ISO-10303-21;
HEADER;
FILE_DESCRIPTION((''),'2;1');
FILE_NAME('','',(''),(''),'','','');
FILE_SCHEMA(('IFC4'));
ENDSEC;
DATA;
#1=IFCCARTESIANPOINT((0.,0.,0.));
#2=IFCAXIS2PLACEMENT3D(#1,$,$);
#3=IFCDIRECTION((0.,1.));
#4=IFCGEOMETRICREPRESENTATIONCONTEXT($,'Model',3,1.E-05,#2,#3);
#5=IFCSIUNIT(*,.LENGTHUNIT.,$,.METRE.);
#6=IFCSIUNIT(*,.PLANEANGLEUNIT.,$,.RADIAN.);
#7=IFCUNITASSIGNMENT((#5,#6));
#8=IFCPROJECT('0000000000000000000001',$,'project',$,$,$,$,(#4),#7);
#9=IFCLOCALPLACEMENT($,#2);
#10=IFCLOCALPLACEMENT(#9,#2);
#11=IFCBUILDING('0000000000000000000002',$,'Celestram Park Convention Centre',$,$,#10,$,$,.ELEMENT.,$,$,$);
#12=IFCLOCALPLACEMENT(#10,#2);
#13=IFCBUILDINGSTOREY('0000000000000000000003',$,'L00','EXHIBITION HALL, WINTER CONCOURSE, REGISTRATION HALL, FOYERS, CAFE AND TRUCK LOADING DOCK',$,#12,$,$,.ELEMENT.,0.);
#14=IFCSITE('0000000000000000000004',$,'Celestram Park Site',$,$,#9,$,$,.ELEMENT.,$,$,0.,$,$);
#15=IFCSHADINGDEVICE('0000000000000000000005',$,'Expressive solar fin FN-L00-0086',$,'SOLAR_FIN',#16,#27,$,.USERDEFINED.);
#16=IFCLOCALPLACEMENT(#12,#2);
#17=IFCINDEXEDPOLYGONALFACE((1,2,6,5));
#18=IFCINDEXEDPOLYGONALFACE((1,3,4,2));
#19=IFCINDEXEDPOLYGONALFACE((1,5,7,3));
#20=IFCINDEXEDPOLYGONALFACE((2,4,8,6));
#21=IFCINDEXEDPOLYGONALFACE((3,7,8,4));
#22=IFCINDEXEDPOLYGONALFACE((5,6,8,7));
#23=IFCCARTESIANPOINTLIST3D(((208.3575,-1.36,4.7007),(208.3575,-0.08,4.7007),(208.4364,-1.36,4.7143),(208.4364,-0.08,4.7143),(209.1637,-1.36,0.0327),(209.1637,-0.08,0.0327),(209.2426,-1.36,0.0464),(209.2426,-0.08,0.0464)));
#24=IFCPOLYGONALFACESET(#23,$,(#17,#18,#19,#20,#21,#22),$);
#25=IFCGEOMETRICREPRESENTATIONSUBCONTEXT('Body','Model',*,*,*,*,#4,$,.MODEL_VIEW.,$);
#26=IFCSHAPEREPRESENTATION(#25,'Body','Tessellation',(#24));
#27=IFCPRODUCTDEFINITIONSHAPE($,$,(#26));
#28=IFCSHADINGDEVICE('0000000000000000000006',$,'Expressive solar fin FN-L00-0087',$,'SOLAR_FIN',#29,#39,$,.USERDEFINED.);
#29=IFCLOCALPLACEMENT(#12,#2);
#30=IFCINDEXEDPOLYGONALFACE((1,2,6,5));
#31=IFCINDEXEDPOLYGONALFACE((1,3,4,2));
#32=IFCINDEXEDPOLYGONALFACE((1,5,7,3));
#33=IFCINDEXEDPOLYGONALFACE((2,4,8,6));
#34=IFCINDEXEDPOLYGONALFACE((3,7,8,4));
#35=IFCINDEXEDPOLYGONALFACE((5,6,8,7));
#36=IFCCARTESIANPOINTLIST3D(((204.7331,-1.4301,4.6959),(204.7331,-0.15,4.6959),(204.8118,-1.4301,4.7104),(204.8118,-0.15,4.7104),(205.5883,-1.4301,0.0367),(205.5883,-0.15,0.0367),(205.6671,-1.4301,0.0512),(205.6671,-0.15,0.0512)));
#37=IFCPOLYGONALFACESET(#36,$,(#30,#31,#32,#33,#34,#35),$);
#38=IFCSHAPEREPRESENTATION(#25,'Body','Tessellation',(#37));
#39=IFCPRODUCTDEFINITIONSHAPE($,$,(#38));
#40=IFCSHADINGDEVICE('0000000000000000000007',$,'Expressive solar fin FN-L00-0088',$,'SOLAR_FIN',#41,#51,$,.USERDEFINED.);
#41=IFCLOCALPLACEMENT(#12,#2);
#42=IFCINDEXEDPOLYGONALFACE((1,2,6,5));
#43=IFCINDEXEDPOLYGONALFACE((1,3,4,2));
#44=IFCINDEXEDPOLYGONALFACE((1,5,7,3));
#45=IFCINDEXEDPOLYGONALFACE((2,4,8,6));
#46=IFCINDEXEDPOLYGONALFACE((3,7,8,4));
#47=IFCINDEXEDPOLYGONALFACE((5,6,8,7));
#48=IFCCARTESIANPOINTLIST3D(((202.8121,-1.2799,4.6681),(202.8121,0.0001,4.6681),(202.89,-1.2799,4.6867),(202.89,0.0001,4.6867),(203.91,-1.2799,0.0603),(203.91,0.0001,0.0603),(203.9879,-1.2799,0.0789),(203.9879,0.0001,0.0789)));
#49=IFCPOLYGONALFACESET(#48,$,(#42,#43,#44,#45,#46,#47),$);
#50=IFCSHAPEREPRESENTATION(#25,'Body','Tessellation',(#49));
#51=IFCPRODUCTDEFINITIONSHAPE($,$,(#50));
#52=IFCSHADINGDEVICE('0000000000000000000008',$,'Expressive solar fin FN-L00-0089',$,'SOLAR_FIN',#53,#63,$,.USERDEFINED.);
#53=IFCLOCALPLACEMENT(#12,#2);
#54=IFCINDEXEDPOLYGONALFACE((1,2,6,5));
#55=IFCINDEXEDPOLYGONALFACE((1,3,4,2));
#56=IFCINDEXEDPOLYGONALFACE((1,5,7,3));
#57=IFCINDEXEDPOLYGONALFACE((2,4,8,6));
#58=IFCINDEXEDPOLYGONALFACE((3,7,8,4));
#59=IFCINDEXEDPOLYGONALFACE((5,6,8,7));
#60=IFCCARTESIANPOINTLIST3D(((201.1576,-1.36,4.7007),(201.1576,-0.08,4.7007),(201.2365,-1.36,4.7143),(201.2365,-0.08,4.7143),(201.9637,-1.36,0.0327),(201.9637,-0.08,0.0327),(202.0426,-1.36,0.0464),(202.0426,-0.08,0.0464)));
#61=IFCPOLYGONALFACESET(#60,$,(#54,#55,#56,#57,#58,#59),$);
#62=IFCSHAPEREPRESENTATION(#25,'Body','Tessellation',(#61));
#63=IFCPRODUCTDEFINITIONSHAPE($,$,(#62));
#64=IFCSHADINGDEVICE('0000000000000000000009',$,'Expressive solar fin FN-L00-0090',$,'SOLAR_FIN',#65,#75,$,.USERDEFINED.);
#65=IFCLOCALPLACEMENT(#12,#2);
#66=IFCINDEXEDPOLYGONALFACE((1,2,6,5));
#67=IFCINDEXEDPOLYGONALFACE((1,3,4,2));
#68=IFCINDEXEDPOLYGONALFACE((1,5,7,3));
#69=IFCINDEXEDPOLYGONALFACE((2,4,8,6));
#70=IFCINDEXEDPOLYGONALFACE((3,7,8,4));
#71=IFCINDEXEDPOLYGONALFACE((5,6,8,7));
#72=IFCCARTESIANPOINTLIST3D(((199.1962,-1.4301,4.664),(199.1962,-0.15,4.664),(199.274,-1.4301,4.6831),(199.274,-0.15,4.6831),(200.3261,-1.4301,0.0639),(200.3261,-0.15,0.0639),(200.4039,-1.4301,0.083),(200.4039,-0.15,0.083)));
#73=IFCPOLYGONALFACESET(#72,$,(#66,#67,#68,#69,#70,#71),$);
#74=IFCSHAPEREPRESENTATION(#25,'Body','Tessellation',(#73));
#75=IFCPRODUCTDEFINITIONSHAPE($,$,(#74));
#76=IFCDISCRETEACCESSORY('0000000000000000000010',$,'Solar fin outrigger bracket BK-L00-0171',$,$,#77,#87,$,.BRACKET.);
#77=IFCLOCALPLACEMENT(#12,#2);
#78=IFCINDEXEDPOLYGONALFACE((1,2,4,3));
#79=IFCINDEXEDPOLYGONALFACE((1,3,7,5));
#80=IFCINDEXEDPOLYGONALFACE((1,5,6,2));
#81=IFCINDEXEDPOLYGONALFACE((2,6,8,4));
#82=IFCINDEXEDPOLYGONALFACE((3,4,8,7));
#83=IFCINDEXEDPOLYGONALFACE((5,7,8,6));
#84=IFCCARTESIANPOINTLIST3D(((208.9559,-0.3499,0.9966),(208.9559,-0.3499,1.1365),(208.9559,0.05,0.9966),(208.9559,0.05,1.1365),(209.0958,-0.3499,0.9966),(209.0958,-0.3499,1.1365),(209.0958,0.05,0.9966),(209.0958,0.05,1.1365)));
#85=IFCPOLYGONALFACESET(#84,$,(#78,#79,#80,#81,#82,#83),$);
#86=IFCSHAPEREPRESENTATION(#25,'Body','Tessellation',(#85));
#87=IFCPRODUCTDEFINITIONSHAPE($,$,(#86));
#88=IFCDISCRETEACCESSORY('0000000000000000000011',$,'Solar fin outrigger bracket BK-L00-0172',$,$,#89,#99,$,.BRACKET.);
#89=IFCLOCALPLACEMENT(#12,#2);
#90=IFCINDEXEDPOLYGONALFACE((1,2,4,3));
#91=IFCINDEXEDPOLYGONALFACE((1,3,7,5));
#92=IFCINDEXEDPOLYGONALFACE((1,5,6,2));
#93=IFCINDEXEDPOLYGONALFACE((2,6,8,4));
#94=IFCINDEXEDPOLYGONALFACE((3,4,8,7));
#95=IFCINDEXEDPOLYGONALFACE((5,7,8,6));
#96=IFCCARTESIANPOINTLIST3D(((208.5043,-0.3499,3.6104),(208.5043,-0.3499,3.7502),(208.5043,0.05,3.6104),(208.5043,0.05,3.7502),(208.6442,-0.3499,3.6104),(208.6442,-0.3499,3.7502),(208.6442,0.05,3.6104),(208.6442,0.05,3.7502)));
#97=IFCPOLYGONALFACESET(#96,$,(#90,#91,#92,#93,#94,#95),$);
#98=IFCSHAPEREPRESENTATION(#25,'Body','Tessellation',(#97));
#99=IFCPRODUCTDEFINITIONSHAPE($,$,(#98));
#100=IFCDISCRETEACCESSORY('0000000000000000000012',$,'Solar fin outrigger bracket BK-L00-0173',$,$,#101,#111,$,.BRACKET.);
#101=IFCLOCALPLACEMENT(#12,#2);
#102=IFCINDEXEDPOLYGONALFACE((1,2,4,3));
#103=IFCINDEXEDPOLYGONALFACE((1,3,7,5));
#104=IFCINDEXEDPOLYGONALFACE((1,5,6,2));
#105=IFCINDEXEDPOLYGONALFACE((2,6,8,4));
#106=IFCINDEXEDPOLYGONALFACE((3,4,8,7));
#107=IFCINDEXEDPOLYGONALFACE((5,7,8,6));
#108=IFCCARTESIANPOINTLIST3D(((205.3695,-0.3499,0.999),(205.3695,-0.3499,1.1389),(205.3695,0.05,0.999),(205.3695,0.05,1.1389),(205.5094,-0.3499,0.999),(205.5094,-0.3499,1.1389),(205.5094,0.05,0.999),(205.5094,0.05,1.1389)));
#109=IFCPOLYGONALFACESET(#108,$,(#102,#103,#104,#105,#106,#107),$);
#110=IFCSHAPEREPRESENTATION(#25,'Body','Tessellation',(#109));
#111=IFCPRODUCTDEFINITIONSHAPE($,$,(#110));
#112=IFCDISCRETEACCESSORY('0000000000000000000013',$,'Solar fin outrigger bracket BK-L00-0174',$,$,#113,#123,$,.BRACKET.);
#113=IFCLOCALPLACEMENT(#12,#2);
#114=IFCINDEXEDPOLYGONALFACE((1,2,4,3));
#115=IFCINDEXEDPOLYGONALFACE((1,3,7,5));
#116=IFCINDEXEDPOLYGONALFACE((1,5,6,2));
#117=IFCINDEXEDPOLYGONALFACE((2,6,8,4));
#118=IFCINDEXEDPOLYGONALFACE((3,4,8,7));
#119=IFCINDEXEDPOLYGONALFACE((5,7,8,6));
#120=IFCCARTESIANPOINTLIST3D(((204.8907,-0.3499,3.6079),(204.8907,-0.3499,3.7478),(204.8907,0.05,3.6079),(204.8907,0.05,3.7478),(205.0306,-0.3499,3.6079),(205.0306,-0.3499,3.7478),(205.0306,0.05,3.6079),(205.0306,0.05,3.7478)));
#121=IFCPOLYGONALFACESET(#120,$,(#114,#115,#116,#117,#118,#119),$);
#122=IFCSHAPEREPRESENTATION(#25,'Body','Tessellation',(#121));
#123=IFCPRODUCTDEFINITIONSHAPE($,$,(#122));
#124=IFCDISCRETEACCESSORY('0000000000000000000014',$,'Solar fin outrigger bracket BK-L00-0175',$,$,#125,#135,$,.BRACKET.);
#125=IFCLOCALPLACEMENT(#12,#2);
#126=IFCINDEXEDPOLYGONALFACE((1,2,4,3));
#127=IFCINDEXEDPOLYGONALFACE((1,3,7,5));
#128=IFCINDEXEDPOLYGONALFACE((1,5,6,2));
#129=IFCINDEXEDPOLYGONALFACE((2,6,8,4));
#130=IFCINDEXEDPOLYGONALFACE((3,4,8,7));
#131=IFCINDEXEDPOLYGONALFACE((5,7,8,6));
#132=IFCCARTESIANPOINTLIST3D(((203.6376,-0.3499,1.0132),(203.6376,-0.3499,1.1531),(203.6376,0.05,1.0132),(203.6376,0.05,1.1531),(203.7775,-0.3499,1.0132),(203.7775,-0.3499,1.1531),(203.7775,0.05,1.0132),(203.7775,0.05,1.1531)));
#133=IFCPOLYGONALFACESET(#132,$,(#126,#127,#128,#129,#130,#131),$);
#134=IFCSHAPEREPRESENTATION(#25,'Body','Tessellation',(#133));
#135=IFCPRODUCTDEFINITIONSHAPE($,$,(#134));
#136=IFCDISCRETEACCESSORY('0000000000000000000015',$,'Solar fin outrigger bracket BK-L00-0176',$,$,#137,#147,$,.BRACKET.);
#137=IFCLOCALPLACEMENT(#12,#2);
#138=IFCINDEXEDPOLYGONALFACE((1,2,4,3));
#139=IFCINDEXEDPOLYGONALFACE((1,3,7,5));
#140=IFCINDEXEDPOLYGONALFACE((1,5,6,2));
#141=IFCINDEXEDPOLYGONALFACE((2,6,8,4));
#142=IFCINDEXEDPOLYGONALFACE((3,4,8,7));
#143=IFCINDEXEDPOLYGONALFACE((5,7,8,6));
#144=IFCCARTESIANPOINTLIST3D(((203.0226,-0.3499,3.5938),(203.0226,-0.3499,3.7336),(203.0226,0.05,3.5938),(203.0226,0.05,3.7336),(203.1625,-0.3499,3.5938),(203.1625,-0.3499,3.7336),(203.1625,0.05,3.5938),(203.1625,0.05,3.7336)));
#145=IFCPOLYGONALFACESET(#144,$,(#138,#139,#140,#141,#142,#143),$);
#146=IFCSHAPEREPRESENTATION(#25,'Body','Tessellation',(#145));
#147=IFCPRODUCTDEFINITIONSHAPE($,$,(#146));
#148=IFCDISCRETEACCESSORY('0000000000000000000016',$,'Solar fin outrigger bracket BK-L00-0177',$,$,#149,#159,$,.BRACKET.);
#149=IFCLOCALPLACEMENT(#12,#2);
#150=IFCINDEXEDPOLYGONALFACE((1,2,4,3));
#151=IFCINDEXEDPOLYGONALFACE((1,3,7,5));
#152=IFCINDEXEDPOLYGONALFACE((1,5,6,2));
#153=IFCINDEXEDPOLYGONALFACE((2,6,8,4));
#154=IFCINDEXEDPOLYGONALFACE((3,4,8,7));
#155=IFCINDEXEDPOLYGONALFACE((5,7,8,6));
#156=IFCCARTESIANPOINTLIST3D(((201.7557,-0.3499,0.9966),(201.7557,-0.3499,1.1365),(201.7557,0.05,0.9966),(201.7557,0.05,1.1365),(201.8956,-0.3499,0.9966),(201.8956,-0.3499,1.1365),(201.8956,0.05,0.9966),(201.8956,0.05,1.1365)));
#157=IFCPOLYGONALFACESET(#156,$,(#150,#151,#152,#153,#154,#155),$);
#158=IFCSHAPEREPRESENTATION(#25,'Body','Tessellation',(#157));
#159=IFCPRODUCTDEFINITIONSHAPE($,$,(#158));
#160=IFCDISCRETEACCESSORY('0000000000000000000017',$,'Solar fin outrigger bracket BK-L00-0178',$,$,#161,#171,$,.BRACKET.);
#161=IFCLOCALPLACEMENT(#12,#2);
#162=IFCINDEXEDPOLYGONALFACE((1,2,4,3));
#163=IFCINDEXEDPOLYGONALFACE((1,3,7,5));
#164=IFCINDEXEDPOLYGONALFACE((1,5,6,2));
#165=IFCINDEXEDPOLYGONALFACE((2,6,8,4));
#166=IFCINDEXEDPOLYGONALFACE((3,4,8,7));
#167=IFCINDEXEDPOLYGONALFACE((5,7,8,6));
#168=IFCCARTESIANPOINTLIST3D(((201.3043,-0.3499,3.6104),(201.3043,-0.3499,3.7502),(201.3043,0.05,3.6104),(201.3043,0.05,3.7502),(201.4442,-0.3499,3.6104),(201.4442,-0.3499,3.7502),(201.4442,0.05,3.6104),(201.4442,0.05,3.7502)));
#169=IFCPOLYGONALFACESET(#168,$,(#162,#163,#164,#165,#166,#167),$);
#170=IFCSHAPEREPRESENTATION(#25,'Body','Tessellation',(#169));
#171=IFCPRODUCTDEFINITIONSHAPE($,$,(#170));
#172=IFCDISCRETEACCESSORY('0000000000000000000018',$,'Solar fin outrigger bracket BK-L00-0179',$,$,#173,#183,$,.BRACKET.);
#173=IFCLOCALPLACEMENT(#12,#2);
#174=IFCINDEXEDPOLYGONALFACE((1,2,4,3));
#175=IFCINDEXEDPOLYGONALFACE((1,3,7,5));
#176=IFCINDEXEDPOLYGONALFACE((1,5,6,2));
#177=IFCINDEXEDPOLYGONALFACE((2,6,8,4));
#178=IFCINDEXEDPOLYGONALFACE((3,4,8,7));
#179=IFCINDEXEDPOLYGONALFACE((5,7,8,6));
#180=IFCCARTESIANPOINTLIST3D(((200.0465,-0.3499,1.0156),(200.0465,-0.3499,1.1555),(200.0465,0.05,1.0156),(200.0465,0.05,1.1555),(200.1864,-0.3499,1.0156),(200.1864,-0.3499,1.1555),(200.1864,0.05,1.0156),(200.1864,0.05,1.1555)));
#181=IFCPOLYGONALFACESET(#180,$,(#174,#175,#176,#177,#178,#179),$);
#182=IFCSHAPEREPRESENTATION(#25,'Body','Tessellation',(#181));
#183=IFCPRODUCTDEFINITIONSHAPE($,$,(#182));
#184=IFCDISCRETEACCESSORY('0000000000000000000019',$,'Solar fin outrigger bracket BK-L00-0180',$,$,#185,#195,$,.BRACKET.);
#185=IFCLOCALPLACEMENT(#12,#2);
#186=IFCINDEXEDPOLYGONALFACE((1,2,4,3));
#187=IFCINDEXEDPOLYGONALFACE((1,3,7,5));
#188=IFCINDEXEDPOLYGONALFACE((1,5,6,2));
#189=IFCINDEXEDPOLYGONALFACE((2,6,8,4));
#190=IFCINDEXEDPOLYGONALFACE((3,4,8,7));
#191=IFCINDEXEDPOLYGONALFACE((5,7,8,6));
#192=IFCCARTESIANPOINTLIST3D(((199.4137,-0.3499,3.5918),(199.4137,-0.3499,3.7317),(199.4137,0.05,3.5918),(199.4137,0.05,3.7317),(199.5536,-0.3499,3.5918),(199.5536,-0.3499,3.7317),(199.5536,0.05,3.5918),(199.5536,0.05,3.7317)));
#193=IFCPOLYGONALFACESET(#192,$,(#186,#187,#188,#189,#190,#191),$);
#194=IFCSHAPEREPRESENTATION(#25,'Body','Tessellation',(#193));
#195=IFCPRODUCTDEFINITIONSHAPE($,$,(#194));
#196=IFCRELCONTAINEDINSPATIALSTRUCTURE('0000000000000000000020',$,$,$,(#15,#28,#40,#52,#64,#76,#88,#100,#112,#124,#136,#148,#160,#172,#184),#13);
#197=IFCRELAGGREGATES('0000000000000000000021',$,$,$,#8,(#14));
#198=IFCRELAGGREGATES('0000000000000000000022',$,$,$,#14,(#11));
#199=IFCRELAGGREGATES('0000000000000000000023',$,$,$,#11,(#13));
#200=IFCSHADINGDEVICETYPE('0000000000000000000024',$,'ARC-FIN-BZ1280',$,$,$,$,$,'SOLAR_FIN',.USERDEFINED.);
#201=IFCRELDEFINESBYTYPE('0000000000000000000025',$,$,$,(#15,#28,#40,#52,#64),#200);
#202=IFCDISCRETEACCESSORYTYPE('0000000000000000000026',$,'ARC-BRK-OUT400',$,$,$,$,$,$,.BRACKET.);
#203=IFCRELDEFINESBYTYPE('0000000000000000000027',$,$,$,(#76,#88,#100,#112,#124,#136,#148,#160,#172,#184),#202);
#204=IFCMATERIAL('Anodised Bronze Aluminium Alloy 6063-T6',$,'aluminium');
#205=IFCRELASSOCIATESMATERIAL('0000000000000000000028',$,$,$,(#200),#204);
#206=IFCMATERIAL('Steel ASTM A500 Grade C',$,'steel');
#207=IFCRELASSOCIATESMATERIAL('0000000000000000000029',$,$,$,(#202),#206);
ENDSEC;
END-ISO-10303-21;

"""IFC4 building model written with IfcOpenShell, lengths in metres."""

from ifc_helpers import new_model, si_unit, direction, frame, origin, origin_2d, place, context, subcontext, project, spatial, rectangle, extrude, material, material_profile, profile_set, type_object, element, save


model = new_model("IFC4")

# Units and contexts
model_context = context("Model", 3, precision=1e-05, world=origin(), true_north=direction((0.0, 1.0)))
body_context = subcontext(model_context, "Body", "Model", "MODEL_VIEW")
ifc_project = project(units=[si_unit("LENGTHUNIT", "METRE"), si_unit("PLANEANGLEUNIT", "RADIAN")], contexts=[model_context])

# Site, building, storey
site_placement = place(None, origin())
site = spatial("IfcSite", under=ifc_project, at=site_placement, Name="Celestram Park Site", CompositionType="ELEMENT", RefElevation=0.0)
building_placement = place(site_placement, origin())
building = spatial("IfcBuilding", under=site, at=building_placement, Name="Celestram Park Convention Centre", CompositionType="ELEMENT")
storey_placement = place(building_placement, origin())
storey = spatial("IfcBuildingStorey", under=building, at=storey_placement, Name="L00", Description="EXHIBITION HALL, WINTER CONCOURSE, REGISTRATION HALL, FOYERS, CAFE AND TRUCK LOADING DOCK", CompositionType="ELEMENT", Elevation=0.0)

# Shading devices
ifc_material_1 = material(Name="Anodised Bronze Aluminium Alloy 6063-T6", Category="aluminium")
ifc_material_profile_1 = material_profile(ifc_material_1, rectangle(XDim=1.28, YDim=0.0801, at=origin_2d()), Name="FIN1280X80")
ifc_profile_set_1 = profile_set([ifc_material_profile_1], Name="Anodised Bronze Aluminium Alloy 6063-T6")
shading_device_type = type_object("IfcShadingDeviceType", Name="ARC-FIN-BZ1280", ElementType="SOLAR_FIN", PredefinedType="USERDEFINED", material=ifc_profile_set_1)
for number, where, z_axis, x_axis, name in (
    (1, (209.2031, -0.72, 0.0396), (-0.17018, 0.0, 0.985413), (0.0, -1.0, 0.0), "Expressive solar fin FN-L00-0086"),
    (2, (205.6277, -0.79, 0.0439), (-0.180541, 0.0, 0.983568), (0.0, -1.0, 0.0), "Expressive solar fin FN-L00-0087"),
):
    element("IfcShadingDevice", number, at=place(storey_placement, frame(where, z_axis=z_axis, x_axis=x_axis)), inside=storey, type_object=shading_device_type, Name=name, ObjectType="SOLAR_FIN", PredefinedType="USERDEFINED", context=body_context, shape_type="SweptSolid", body=[
        extrude(rectangle(XDim=1.28, YDim=0.0801, at=origin_2d()), origin(), (0.0, 0.0, 1.0), 4.7371),
    ])
shading_device_1_placement = place(storey_placement, frame((203.949, -0.6399, 0.0696), z_axis=(-0.231776, 0.0, 0.972769), x_axis=(0.0, -1.0, 0.0)))
element("IfcShadingDevice", 3, at=shading_device_1_placement, inside=storey, type_object=shading_device_type, Name="Expressive solar fin FN-L00-0088", ObjectType="SOLAR_FIN", PredefinedType="USERDEFINED", context=body_context, shape_type="SweptSolid", body=[
    extrude(rectangle(XDim=1.28, YDim=0.0801, at=origin_2d()), origin(), (0.0, 0.0, 1.0), 4.7368),
])
shading_device_2_placement = place(storey_placement, frame((202.0032, -0.72, 0.0396), z_axis=(-0.17018, 0.0, 0.985413), x_axis=(0.0, -1.0, 0.0)))
element("IfcShadingDevice", 4, at=shading_device_2_placement, inside=storey, type_object=shading_device_type, Name="Expressive solar fin FN-L00-0089", ObjectType="SOLAR_FIN", PredefinedType="USERDEFINED", context=body_context, shape_type="SweptSolid", body=[
    extrude(rectangle(XDim=1.28, YDim=0.0801, at=origin_2d()), origin(), (0.0, 0.0, 1.0), 4.7371),
])
shading_device_3_placement = place(storey_placement, frame((200.365, -0.79, 0.0735), z_axis=(-0.238532, 0.0, 0.971135), x_axis=(0.0, -1.0, 0.0)))
element("IfcShadingDevice", 5, at=shading_device_3_placement, inside=storey, type_object=shading_device_type, Name="Expressive solar fin FN-L00-0090", ObjectType="SOLAR_FIN", PredefinedType="USERDEFINED", context=body_context, shape_type="SweptSolid", body=[
    extrude(rectangle(XDim=1.28, YDim=0.0801, at=origin_2d()), origin(), (0.0, 0.0, 1.0), 4.7368),
])

# Discrete accessories
ifc_material_2 = material(Name="Steel ASTM A500 Grade C", Category="steel")
discrete_accessory_type = type_object("IfcDiscreteAccessoryType", Name="ARC-BRK-OUT400", PredefinedType="BRACKET", material=ifc_material_2)
for number, where, z_axis, x_axis, name in (
    (6, (209.0259, -0.1499, 0.9966), (0.0, 0.0, 1.0), (0.0, -1.0, 0.0), "Solar fin outrigger bracket BK-L00-0171"),
    (7, (208.5742, -0.1499, 3.6104), (0.0, 0.0, 1.0), (0.0, -1.0, 0.0), "Solar fin outrigger bracket BK-L00-0172"),
    (8, (205.4395, -0.1499, 0.999), (0.0, 0.0, 1.0), (0.0, -1.0, 0.0), "Solar fin outrigger bracket BK-L00-0173"),
    (9, (204.9607, -0.1499, 3.6079), (0.0, 0.0, 1.0), (0.0, -1.0, 0.0), "Solar fin outrigger bracket BK-L00-0174"),
    (10, (203.7075, -0.1499, 1.0132), (0.0, 0.0, 1.0), (0.0, -1.0, 0.0), "Solar fin outrigger bracket BK-L00-0175"),
    (11, (203.0925, -0.1499, 3.5938), (0.0, 0.0, 1.0), (0.0, -1.0, 0.0), "Solar fin outrigger bracket BK-L00-0176"),
    (12, (201.8257, -0.1499, 0.9966), (0.0, 0.0, 1.0), (0.0, -1.0, 0.0), "Solar fin outrigger bracket BK-L00-0177"),
    (13, (201.3743, -0.1499, 3.6104), (0.0, 0.0, 1.0), (0.0, -1.0, 0.0), "Solar fin outrigger bracket BK-L00-0178"),
    (14, (200.1165, -0.1499, 1.0156), (0.0, 0.0, 1.0), (0.0, -1.0, 0.0), "Solar fin outrigger bracket BK-L00-0179"),
    (15, (199.4836, -0.1499, 3.5918), (0.0, 0.0, 1.0), (0.0, -1.0, 0.0), "Solar fin outrigger bracket BK-L00-0180"),
):
    element("IfcDiscreteAccessory", number, at=place(storey_placement, frame(where, z_axis=z_axis, x_axis=x_axis)), inside=storey, type_object=discrete_accessory_type, Name=name, PredefinedType="BRACKET", context=body_context, shape_type="SweptSolid", body=[
        extrude(rectangle(XDim=0.3999, YDim=0.1399, at=origin_2d()), origin(), (0.0, 0.0, 1.0), 0.1399),
    ])

save(model, "model.ifc")
